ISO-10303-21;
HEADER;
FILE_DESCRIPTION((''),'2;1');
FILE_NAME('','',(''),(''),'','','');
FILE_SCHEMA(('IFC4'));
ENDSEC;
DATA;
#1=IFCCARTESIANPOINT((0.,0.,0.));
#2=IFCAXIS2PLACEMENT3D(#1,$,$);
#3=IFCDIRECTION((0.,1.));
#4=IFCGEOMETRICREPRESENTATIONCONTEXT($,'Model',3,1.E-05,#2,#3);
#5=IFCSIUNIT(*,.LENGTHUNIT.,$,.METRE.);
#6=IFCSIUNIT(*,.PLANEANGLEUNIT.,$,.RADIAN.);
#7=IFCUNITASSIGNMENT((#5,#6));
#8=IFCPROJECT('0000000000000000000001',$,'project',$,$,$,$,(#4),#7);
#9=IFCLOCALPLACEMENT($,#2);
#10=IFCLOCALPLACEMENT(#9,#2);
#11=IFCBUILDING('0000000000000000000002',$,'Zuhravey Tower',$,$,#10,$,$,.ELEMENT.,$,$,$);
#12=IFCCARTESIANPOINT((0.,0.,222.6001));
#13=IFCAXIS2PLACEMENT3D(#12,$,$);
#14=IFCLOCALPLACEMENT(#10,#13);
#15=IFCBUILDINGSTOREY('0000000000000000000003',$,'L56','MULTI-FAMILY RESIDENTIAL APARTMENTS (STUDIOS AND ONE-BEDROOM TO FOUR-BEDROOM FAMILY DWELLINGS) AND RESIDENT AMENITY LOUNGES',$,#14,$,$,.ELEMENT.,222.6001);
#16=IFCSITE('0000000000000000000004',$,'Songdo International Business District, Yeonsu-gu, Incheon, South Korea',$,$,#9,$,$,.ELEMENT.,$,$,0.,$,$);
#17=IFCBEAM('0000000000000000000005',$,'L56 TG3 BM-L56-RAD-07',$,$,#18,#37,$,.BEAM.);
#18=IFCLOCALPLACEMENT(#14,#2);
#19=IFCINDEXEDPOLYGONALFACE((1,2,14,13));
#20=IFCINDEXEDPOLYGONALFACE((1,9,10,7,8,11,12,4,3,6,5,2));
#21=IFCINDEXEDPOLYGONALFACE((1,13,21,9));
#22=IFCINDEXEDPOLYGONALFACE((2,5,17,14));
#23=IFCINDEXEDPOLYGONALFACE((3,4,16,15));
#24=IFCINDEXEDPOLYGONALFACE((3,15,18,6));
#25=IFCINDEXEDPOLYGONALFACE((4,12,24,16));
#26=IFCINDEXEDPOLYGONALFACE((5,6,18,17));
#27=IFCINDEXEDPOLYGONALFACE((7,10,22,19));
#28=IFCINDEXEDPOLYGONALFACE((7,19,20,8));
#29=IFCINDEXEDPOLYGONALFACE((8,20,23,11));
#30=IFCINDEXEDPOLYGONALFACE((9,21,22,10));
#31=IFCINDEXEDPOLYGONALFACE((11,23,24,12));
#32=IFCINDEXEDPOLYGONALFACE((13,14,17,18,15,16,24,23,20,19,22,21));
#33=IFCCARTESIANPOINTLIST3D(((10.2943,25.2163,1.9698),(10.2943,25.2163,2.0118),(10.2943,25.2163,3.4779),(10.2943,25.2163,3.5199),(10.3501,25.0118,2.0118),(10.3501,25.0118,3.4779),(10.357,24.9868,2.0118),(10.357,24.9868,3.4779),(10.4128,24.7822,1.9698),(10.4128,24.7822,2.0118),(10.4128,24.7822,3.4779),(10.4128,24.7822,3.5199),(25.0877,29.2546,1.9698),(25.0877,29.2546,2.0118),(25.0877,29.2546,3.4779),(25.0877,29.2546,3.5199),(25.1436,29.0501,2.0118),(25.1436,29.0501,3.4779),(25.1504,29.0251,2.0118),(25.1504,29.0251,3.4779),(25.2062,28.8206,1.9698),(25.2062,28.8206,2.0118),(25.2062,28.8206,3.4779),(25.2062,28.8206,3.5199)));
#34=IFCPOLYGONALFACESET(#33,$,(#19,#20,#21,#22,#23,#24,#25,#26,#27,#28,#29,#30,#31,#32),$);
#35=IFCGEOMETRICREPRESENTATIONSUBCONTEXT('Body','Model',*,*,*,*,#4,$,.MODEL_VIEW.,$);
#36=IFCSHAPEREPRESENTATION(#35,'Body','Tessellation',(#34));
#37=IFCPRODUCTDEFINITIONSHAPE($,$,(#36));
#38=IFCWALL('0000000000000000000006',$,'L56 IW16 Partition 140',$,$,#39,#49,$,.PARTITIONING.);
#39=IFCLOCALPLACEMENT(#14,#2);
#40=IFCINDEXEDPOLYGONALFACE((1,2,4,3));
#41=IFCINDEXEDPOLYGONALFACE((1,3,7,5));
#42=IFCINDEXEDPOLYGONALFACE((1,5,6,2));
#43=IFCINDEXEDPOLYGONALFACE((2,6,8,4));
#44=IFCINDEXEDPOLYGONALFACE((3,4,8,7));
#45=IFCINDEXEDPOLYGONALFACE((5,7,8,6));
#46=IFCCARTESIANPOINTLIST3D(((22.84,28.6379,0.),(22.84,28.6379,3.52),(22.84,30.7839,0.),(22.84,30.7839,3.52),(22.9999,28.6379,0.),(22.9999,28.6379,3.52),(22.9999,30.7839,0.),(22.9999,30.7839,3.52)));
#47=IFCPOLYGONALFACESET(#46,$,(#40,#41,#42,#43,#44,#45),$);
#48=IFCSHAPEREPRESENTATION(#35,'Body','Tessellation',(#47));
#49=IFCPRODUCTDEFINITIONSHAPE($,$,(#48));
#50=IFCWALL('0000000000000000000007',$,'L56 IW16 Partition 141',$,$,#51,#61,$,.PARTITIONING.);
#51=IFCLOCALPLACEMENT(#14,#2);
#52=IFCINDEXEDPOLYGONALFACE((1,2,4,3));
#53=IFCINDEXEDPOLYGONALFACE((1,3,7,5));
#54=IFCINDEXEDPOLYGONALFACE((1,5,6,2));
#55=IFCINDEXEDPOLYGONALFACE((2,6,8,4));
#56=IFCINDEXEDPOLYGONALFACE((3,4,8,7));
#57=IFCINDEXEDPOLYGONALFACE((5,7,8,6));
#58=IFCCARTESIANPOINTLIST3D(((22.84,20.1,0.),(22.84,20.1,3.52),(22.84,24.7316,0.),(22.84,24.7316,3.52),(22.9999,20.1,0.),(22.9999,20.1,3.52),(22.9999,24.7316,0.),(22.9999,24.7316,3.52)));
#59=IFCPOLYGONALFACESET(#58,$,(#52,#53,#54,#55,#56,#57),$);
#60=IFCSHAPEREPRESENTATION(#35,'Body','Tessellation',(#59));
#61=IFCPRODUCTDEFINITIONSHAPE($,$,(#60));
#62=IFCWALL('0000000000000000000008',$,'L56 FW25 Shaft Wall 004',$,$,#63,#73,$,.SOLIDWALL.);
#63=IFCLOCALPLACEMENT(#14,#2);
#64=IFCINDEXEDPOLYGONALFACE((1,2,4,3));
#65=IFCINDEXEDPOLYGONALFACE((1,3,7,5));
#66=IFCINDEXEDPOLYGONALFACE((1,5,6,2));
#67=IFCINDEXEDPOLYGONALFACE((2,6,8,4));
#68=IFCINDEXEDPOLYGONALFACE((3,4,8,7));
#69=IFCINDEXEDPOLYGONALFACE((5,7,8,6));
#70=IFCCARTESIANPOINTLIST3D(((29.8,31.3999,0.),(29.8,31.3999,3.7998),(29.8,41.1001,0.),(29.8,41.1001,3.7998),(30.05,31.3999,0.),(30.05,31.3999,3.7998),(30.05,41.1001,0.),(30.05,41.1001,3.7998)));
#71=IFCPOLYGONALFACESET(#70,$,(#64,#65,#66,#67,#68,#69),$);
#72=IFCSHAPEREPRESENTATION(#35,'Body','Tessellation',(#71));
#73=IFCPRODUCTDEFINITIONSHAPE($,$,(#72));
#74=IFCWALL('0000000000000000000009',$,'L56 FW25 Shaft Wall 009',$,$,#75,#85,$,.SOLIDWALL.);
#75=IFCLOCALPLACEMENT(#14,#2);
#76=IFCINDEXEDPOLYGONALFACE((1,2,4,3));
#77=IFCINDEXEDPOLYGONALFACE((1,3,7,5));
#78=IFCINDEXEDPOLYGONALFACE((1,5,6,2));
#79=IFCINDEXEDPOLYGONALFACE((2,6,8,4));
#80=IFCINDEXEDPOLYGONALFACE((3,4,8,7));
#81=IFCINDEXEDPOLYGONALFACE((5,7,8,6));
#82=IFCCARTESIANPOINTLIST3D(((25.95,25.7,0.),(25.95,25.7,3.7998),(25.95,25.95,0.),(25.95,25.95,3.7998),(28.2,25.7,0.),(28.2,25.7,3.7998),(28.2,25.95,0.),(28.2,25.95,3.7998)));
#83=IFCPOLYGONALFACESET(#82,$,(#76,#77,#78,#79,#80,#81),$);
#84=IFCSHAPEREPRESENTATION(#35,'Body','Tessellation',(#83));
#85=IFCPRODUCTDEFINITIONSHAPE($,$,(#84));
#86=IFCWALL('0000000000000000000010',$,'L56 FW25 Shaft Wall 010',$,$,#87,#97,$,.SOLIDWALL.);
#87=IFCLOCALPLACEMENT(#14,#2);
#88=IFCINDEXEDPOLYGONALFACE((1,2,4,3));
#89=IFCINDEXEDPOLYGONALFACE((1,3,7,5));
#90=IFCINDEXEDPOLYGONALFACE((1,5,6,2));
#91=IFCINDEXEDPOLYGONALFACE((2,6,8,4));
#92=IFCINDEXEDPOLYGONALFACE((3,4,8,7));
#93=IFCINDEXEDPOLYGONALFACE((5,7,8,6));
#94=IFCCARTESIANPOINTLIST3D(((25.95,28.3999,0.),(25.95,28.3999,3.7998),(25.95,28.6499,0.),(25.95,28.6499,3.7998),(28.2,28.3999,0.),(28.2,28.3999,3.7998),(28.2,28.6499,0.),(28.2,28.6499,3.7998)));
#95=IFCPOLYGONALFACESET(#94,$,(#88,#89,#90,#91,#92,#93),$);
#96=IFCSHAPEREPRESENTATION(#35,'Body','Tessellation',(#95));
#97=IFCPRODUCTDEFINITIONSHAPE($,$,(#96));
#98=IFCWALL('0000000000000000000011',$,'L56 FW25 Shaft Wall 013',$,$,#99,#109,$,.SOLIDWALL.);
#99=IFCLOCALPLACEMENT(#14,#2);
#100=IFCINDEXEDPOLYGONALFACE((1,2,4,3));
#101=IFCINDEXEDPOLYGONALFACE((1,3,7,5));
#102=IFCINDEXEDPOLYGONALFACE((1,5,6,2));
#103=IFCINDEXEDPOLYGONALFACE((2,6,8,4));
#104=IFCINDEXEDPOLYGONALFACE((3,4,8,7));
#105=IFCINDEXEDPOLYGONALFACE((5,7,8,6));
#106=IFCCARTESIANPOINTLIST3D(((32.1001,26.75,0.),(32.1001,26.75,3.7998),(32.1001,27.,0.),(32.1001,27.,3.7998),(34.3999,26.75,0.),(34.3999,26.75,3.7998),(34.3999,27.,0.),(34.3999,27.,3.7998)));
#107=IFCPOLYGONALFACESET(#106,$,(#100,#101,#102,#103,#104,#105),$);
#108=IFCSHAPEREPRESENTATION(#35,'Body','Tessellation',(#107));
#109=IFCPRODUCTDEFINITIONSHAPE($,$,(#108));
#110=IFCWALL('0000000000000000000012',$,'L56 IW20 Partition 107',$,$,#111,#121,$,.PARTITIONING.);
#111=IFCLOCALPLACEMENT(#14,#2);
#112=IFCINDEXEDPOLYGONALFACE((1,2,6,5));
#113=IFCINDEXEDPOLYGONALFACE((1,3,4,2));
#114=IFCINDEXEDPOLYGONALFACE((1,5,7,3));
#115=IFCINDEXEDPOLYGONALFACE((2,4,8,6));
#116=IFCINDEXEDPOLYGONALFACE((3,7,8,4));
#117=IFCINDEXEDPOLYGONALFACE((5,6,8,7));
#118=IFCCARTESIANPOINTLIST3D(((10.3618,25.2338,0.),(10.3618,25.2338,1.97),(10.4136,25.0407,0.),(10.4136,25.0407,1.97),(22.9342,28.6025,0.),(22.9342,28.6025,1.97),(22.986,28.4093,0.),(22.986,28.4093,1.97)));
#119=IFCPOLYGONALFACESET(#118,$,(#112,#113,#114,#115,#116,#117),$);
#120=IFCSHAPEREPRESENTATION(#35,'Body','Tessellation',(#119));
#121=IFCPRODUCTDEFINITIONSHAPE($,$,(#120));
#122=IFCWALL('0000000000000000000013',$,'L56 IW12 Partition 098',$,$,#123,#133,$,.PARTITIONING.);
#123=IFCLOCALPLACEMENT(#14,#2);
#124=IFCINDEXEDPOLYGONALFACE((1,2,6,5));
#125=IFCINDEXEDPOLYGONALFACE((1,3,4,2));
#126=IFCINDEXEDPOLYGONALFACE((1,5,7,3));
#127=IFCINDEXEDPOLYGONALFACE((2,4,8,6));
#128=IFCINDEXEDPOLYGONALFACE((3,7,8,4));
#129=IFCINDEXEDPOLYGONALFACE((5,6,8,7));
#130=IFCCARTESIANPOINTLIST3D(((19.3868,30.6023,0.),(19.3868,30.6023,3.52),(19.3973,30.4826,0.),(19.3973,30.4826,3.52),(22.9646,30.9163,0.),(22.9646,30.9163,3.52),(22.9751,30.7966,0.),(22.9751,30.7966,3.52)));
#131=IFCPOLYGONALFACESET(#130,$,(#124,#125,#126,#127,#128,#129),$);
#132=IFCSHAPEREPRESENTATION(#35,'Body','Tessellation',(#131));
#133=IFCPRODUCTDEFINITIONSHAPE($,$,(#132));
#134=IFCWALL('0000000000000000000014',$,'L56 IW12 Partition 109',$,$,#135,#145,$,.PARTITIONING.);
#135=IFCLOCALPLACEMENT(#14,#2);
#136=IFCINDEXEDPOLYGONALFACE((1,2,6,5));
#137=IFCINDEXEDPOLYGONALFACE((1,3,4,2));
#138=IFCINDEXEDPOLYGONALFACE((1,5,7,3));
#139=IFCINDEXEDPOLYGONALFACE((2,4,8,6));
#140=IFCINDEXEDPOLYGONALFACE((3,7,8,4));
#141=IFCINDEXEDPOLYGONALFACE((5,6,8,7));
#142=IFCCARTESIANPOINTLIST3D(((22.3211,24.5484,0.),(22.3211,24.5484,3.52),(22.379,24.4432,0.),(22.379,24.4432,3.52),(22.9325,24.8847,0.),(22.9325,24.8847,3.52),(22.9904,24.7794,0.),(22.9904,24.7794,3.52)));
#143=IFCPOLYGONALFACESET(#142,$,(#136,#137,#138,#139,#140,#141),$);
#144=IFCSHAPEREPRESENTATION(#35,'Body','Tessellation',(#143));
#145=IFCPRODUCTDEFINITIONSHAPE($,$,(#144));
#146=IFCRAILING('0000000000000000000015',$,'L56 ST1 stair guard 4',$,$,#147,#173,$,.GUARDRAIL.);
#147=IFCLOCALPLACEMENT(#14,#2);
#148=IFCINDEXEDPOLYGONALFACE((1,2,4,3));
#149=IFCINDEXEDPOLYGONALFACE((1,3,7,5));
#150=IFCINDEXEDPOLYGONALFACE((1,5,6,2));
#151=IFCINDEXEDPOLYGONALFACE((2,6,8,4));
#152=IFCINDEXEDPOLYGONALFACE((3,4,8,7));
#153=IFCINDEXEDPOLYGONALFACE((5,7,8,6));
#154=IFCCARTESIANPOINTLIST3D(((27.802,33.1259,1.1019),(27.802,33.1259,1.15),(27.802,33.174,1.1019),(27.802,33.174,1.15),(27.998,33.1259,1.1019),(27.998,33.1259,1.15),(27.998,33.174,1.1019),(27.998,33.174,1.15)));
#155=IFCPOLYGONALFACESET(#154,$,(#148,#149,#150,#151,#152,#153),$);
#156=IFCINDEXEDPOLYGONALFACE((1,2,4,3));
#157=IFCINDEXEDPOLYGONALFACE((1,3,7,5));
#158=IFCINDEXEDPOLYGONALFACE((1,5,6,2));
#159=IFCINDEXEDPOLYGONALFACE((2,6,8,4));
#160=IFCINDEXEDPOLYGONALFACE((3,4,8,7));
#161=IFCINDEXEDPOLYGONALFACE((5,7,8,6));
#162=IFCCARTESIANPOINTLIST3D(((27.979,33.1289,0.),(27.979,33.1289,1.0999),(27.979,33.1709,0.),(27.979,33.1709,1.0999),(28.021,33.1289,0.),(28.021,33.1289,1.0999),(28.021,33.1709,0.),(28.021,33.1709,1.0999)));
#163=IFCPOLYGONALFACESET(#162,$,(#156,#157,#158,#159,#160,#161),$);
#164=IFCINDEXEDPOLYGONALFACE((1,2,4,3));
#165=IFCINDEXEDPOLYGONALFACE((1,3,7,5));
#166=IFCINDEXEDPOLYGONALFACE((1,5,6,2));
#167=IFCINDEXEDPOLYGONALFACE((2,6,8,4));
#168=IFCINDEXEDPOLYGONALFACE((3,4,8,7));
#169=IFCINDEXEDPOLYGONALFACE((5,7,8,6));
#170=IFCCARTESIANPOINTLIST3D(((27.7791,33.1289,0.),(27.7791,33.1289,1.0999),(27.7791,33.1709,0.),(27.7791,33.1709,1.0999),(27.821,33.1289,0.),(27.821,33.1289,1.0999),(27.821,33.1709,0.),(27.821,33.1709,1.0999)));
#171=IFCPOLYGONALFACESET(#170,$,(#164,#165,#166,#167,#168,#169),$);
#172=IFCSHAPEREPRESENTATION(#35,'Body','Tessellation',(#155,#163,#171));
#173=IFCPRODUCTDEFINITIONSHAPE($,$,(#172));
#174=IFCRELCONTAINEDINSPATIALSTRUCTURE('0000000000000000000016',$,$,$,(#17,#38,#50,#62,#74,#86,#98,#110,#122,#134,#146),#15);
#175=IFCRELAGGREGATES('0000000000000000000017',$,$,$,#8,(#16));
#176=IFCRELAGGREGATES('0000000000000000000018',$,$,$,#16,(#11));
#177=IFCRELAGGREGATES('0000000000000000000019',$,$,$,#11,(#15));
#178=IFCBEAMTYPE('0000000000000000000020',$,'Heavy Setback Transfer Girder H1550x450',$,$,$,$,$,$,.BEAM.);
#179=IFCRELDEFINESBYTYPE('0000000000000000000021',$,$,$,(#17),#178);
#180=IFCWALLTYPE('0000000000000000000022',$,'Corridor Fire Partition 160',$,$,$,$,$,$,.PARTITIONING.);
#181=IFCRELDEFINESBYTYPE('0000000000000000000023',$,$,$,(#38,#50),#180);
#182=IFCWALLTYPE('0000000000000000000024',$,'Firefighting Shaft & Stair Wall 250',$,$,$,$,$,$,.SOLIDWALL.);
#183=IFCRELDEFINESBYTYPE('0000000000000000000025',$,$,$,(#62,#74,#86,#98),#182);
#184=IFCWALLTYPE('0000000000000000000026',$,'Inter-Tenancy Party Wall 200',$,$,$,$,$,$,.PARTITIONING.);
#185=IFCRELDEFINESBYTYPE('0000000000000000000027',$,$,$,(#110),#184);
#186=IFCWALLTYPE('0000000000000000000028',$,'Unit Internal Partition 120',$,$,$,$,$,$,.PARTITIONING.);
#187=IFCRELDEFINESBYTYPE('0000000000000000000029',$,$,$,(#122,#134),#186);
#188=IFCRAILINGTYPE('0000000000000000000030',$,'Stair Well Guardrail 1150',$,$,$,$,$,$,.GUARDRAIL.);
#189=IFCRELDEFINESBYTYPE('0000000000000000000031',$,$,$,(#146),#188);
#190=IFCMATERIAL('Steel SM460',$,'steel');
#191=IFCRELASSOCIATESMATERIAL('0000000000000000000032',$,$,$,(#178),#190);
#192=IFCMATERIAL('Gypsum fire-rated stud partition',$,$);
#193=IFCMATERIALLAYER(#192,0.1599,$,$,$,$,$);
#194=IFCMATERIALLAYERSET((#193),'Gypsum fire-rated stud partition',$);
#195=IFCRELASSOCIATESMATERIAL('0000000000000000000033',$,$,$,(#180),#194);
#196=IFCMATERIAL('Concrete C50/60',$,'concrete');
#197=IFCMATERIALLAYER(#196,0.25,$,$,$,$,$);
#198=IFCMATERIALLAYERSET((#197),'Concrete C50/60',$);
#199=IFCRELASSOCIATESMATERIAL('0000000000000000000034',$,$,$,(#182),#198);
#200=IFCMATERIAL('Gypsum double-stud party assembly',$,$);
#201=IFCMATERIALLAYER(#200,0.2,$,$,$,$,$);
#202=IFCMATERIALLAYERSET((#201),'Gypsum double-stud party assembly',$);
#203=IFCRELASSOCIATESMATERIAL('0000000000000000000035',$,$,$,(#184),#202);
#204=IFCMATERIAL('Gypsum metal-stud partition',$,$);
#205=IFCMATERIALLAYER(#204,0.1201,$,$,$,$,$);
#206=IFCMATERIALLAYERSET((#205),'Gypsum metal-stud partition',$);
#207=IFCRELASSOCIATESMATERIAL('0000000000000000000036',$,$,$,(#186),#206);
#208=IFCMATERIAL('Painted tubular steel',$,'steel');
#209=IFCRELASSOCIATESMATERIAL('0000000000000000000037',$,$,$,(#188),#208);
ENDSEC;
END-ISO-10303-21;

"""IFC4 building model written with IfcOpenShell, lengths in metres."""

from ifc_helpers import new_model, si_unit, direction, frame, frame_2d, origin, origin_2d, place, context, subcontext, project, spatial, rectangle, i_section, extrude, material, layer, layer_set, material_profile, profile_set, type_object, element, save


model = new_model("IFC4")

# Units and contexts
model_context = context("Model", 3, precision=1e-05, world=origin(), true_north=direction((0.0, 1.0)))
body_context = subcontext(model_context, "Body", "Model", "MODEL_VIEW")
ifc_project = project(units=[si_unit("LENGTHUNIT", "METRE"), si_unit("PLANEANGLEUNIT", "RADIAN")], contexts=[model_context])

# Site, building, storey
site_placement = place(None, origin())
site = spatial("IfcSite", under=ifc_project, at=site_placement, Name="Songdo International Business District, Yeonsu-gu, Incheon, South Korea", CompositionType="ELEMENT", RefElevation=0.0)
building_placement = place(site_placement, origin())
building = spatial("IfcBuilding", under=site, at=building_placement, Name="Zuhravey Tower", CompositionType="ELEMENT")
storey_placement = place(building_placement, frame((0.0, 0.0, 222.6001)))
storey = spatial("IfcBuildingStorey", under=building, at=storey_placement, Name="L56", Description="MULTI-FAMILY RESIDENTIAL APARTMENTS (STUDIOS AND ONE-BEDROOM TO FOUR-BEDROOM FAMILY DWELLINGS) AND RESIDENT AMENITY LOUNGES", CompositionType="ELEMENT", Elevation=222.6001)

# Beam
ifc_material_1 = material(Name="Steel SM460", Category="steel")
ifc_material_profile = material_profile(ifc_material_1, i_section(OverallWidth=0.45, OverallDepth=1.55, WebThickness=0.0259, FlangeThickness=0.042, at=origin_2d()), Name="H-1550x450x26x42")
ifc_profile_set = profile_set([ifc_material_profile], Name="Steel SM460")
beam_type = type_object("IfcBeamType", Name="Heavy Setback Transfer Girder H1550x450", PredefinedType="BEAM", material=ifc_profile_set)
beam_placement = place(storey_placement, frame((25.147, 29.0376, 2.7449), z_axis=(-0.964702, -0.263345, 0.0), x_axis=(0.263345, -0.964702, 0.0)))
element("IfcBeam", 1, at=beam_placement, inside=storey, type_object=beam_type, Name="L56 TG3 BM-L56-RAD-07", PredefinedType="BEAM", context=body_context, shape_type="SweptSolid", body=[
    extrude(i_section(OverallWidth=0.45, OverallDepth=1.55, WebThickness=0.0259, FlangeThickness=0.042, at=origin_2d()), origin(), (0.0, 0.0, 1.0), 15.3347),
])

# Shared definitions
ifc_material_2 = material(Name="Gypsum fire-rated stud partition")
ifc_layer_1 = layer(ifc_material_2, 0.1599)
ifc_layer_set_1 = layer_set([ifc_layer_1], Name="Gypsum fire-rated stud partition")
wall_type_1 = type_object("IfcWallType", Name="Corridor Fire Partition 160", PredefinedType="PARTITIONING", material=ifc_layer_set_1)

# Walls
wall_1_placement = place(storey_placement, frame((22.9199, 30.7839, 0.0), z_axis=(0.0, 0.0, 1.0), x_axis=(0.0, -1.0, 0.0)))
element("IfcWall", 2, at=wall_1_placement, inside=storey, type_object=wall_type_1, Name="L56 IW16 Partition 140", PredefinedType="PARTITIONING", context=body_context, shape_type="SweptSolid", body=[
    extrude(rectangle(XDim=2.146, YDim=0.1599, at=frame_2d((1.073, 0.0))), origin(), (0.0, 0.0, 1.0), 3.52),
])
wall_2_placement = place(storey_placement, frame((22.9199, 24.7317, 0.0), z_axis=(0.0, 0.0, 1.0), x_axis=(0.0, -1.0, 0.0)))
element("IfcWall", 3, at=wall_2_placement, inside=storey, type_object=wall_type_1, Name="L56 IW16 Partition 141", PredefinedType="PARTITIONING", context=body_context, shape_type="SweptSolid", body=[
    extrude(rectangle(XDim=4.6316, YDim=0.1599, at=frame_2d((2.3159, 0.0))), origin(), (0.0, 0.0, 1.0), 3.52),
])

# Shared definitions
ifc_material_3 = material(Name="Concrete C50/60", Category="concrete")
ifc_layer_2 = layer(ifc_material_3, 0.25)
ifc_layer_set_2 = layer_set([ifc_layer_2], Name="Concrete C50/60")
wall_type_2 = type_object("IfcWallType", Name="Firefighting Shaft & Stair Wall 250", PredefinedType="SOLIDWALL", material=ifc_layer_set_2)

# Walls
wall_3_placement = place(storey_placement, frame((29.925, 31.3999, 0.0), z_axis=(0.0, 0.0, 1.0), x_axis=(0.0, 1.0, 0.0)))
element("IfcWall", 4, at=wall_3_placement, inside=storey, type_object=wall_type_2, Name="L56 FW25 Shaft Wall 004", PredefinedType="SOLIDWALL", context=body_context, shape_type="SweptSolid", body=[
    extrude(rectangle(XDim=9.7002, YDim=0.25, at=frame_2d((4.8501, 0.0))), origin(), (0.0, 0.0, 1.0), 3.7998),
])
for number, where, z_axis, x_axis, name in (
    (5, (25.95, 25.825, 0.0), (0.0, 0.0, 1.0), (1.0, 0.0, 0.0), "L56 FW25 Shaft Wall 009"),
    (6, (25.95, 28.5249, 0.0), (0.0, 0.0, 1.0), (1.0, 0.0, 0.0), "L56 FW25 Shaft Wall 010"),
):
    element("IfcWall", number, at=place(storey_placement, frame(where, z_axis=z_axis, x_axis=x_axis)), inside=storey, type_object=wall_type_2, Name=name, PredefinedType="SOLIDWALL", context=body_context, shape_type="SweptSolid", body=[
        extrude(rectangle(XDim=2.25, YDim=0.25, at=frame_2d((1.125, 0.0))), origin(), (0.0, 0.0, 1.0), 3.7998),
    ])
wall_4_placement = place(storey_placement, frame((32.1001, 26.875, 0.0), z_axis=(0.0, 0.0, 1.0), x_axis=(1.0, 0.0, 0.0)))
element("IfcWall", 7, at=wall_4_placement, inside=storey, type_object=wall_type_2, Name="L56 FW25 Shaft Wall 013", PredefinedType="SOLIDWALL", context=body_context, shape_type="SweptSolid", body=[
    extrude(rectangle(XDim=2.2998, YDim=0.25, at=frame_2d((1.1499, 0.0))), origin(), (0.0, 0.0, 1.0), 3.7998),
])
ifc_material_4 = material(Name="Gypsum double-stud party assembly")
ifc_layer_3 = layer(ifc_material_4, 0.2)
ifc_layer_set_3 = layer_set([ifc_layer_3], Name="Gypsum double-stud party assembly")
wall_type_3 = type_object("IfcWallType", Name="Inter-Tenancy Party Wall 200", PredefinedType="PARTITIONING", material=ifc_layer_set_3)
wall_5_placement = place(storey_placement, frame((22.96, 28.5059, 0.0), z_axis=(0.0, 0.0, 1.0), x_axis=(-0.965929, -0.258809, 0.0)))
element("IfcWall", 8, at=wall_5_placement, inside=storey, type_object=wall_type_3, Name="L56 IW20 Partition 107", PredefinedType="PARTITIONING", context=body_context, shape_type="SweptSolid", body=[
    extrude(rectangle(XDim=13.0159, YDim=0.2, at=frame_2d((6.5078, 0.0))), origin(), (0.0, 0.0, 1.0), 1.97),
])
ifc_material_5 = material(Name="Gypsum metal-stud partition")
ifc_layer_4 = layer(ifc_material_5, 0.1201)
ifc_layer_set_4 = layer_set([ifc_layer_4], Name="Gypsum metal-stud partition")
wall_type_4 = type_object("IfcWallType", Name="Unit Internal Partition 120", PredefinedType="PARTITIONING", material=ifc_layer_set_4)
wall_6_placement = place(storey_placement, frame((22.97, 30.8564, 0.0), z_axis=(0.0, 0.0, 1.0), x_axis=(-0.996172, -0.087416, 0.0)))
element("IfcWall", 9, at=wall_6_placement, inside=storey, type_object=wall_type_4, Name="L56 IW12 Partition 098", PredefinedType="PARTITIONING", context=body_context, shape_type="SweptSolid", body=[
    extrude(rectangle(XDim=3.5916, YDim=0.1201, at=frame_2d((1.7959, 0.0))), origin(), (0.0, 0.0, 1.0), 3.52),
])
wall_7_placement = place(storey_placement, frame((22.9614, 24.832, 0.0), z_axis=(0.0, 0.0, 1.0), x_axis=(-0.876245, -0.481865, 0.0)))
element("IfcWall", 10, at=wall_7_placement, inside=storey, type_object=wall_type_4, Name="L56 IW12 Partition 109", PredefinedType="PARTITIONING", context=body_context, shape_type="SweptSolid", body=[
    extrude(rectangle(XDim=0.6978, YDim=0.1201, at=frame_2d((0.3489, 0.0))), origin(), (0.0, 0.0, 1.0), 3.52),
])

# Railing
ifc_material_6 = material(Name="Painted tubular steel", Category="steel")
railing_type = type_object("IfcRailingType", Name="Stair Well Guardrail 1150", PredefinedType="GUARDRAIL", material=ifc_material_6)
railing_placement = place(storey_placement, frame((28.0, 33.1499, 0.0)))
element("IfcRailing", 11, at=railing_placement, inside=storey, type_object=railing_type, Name="L56 ST1 stair guard 4", PredefinedType="GUARDRAIL", context=body_context, shape_type="SweptSolid", body=[
    extrude(rectangle(XDim=0.0481, YDim=0.0481, at=origin_2d()), frame((-0.002, 0.0, 1.126), z_axis=(-1.0, 0.0, 0.0), x_axis=(0.0, -1.0, 0.0)), (0.0, 0.0, 1.0), 0.196),
    extrude(rectangle(XDim=0.042, YDim=0.042, at=origin_2d()), origin(), (0.0, 0.0, 1.0), 1.0999),
    extrude(rectangle(XDim=0.042, YDim=0.042, at=origin_2d()), frame((-0.2, 0.0, 0.0)), (0.0, 0.0, 1.0), 1.0999),
])

save(model, "model.ifc")
